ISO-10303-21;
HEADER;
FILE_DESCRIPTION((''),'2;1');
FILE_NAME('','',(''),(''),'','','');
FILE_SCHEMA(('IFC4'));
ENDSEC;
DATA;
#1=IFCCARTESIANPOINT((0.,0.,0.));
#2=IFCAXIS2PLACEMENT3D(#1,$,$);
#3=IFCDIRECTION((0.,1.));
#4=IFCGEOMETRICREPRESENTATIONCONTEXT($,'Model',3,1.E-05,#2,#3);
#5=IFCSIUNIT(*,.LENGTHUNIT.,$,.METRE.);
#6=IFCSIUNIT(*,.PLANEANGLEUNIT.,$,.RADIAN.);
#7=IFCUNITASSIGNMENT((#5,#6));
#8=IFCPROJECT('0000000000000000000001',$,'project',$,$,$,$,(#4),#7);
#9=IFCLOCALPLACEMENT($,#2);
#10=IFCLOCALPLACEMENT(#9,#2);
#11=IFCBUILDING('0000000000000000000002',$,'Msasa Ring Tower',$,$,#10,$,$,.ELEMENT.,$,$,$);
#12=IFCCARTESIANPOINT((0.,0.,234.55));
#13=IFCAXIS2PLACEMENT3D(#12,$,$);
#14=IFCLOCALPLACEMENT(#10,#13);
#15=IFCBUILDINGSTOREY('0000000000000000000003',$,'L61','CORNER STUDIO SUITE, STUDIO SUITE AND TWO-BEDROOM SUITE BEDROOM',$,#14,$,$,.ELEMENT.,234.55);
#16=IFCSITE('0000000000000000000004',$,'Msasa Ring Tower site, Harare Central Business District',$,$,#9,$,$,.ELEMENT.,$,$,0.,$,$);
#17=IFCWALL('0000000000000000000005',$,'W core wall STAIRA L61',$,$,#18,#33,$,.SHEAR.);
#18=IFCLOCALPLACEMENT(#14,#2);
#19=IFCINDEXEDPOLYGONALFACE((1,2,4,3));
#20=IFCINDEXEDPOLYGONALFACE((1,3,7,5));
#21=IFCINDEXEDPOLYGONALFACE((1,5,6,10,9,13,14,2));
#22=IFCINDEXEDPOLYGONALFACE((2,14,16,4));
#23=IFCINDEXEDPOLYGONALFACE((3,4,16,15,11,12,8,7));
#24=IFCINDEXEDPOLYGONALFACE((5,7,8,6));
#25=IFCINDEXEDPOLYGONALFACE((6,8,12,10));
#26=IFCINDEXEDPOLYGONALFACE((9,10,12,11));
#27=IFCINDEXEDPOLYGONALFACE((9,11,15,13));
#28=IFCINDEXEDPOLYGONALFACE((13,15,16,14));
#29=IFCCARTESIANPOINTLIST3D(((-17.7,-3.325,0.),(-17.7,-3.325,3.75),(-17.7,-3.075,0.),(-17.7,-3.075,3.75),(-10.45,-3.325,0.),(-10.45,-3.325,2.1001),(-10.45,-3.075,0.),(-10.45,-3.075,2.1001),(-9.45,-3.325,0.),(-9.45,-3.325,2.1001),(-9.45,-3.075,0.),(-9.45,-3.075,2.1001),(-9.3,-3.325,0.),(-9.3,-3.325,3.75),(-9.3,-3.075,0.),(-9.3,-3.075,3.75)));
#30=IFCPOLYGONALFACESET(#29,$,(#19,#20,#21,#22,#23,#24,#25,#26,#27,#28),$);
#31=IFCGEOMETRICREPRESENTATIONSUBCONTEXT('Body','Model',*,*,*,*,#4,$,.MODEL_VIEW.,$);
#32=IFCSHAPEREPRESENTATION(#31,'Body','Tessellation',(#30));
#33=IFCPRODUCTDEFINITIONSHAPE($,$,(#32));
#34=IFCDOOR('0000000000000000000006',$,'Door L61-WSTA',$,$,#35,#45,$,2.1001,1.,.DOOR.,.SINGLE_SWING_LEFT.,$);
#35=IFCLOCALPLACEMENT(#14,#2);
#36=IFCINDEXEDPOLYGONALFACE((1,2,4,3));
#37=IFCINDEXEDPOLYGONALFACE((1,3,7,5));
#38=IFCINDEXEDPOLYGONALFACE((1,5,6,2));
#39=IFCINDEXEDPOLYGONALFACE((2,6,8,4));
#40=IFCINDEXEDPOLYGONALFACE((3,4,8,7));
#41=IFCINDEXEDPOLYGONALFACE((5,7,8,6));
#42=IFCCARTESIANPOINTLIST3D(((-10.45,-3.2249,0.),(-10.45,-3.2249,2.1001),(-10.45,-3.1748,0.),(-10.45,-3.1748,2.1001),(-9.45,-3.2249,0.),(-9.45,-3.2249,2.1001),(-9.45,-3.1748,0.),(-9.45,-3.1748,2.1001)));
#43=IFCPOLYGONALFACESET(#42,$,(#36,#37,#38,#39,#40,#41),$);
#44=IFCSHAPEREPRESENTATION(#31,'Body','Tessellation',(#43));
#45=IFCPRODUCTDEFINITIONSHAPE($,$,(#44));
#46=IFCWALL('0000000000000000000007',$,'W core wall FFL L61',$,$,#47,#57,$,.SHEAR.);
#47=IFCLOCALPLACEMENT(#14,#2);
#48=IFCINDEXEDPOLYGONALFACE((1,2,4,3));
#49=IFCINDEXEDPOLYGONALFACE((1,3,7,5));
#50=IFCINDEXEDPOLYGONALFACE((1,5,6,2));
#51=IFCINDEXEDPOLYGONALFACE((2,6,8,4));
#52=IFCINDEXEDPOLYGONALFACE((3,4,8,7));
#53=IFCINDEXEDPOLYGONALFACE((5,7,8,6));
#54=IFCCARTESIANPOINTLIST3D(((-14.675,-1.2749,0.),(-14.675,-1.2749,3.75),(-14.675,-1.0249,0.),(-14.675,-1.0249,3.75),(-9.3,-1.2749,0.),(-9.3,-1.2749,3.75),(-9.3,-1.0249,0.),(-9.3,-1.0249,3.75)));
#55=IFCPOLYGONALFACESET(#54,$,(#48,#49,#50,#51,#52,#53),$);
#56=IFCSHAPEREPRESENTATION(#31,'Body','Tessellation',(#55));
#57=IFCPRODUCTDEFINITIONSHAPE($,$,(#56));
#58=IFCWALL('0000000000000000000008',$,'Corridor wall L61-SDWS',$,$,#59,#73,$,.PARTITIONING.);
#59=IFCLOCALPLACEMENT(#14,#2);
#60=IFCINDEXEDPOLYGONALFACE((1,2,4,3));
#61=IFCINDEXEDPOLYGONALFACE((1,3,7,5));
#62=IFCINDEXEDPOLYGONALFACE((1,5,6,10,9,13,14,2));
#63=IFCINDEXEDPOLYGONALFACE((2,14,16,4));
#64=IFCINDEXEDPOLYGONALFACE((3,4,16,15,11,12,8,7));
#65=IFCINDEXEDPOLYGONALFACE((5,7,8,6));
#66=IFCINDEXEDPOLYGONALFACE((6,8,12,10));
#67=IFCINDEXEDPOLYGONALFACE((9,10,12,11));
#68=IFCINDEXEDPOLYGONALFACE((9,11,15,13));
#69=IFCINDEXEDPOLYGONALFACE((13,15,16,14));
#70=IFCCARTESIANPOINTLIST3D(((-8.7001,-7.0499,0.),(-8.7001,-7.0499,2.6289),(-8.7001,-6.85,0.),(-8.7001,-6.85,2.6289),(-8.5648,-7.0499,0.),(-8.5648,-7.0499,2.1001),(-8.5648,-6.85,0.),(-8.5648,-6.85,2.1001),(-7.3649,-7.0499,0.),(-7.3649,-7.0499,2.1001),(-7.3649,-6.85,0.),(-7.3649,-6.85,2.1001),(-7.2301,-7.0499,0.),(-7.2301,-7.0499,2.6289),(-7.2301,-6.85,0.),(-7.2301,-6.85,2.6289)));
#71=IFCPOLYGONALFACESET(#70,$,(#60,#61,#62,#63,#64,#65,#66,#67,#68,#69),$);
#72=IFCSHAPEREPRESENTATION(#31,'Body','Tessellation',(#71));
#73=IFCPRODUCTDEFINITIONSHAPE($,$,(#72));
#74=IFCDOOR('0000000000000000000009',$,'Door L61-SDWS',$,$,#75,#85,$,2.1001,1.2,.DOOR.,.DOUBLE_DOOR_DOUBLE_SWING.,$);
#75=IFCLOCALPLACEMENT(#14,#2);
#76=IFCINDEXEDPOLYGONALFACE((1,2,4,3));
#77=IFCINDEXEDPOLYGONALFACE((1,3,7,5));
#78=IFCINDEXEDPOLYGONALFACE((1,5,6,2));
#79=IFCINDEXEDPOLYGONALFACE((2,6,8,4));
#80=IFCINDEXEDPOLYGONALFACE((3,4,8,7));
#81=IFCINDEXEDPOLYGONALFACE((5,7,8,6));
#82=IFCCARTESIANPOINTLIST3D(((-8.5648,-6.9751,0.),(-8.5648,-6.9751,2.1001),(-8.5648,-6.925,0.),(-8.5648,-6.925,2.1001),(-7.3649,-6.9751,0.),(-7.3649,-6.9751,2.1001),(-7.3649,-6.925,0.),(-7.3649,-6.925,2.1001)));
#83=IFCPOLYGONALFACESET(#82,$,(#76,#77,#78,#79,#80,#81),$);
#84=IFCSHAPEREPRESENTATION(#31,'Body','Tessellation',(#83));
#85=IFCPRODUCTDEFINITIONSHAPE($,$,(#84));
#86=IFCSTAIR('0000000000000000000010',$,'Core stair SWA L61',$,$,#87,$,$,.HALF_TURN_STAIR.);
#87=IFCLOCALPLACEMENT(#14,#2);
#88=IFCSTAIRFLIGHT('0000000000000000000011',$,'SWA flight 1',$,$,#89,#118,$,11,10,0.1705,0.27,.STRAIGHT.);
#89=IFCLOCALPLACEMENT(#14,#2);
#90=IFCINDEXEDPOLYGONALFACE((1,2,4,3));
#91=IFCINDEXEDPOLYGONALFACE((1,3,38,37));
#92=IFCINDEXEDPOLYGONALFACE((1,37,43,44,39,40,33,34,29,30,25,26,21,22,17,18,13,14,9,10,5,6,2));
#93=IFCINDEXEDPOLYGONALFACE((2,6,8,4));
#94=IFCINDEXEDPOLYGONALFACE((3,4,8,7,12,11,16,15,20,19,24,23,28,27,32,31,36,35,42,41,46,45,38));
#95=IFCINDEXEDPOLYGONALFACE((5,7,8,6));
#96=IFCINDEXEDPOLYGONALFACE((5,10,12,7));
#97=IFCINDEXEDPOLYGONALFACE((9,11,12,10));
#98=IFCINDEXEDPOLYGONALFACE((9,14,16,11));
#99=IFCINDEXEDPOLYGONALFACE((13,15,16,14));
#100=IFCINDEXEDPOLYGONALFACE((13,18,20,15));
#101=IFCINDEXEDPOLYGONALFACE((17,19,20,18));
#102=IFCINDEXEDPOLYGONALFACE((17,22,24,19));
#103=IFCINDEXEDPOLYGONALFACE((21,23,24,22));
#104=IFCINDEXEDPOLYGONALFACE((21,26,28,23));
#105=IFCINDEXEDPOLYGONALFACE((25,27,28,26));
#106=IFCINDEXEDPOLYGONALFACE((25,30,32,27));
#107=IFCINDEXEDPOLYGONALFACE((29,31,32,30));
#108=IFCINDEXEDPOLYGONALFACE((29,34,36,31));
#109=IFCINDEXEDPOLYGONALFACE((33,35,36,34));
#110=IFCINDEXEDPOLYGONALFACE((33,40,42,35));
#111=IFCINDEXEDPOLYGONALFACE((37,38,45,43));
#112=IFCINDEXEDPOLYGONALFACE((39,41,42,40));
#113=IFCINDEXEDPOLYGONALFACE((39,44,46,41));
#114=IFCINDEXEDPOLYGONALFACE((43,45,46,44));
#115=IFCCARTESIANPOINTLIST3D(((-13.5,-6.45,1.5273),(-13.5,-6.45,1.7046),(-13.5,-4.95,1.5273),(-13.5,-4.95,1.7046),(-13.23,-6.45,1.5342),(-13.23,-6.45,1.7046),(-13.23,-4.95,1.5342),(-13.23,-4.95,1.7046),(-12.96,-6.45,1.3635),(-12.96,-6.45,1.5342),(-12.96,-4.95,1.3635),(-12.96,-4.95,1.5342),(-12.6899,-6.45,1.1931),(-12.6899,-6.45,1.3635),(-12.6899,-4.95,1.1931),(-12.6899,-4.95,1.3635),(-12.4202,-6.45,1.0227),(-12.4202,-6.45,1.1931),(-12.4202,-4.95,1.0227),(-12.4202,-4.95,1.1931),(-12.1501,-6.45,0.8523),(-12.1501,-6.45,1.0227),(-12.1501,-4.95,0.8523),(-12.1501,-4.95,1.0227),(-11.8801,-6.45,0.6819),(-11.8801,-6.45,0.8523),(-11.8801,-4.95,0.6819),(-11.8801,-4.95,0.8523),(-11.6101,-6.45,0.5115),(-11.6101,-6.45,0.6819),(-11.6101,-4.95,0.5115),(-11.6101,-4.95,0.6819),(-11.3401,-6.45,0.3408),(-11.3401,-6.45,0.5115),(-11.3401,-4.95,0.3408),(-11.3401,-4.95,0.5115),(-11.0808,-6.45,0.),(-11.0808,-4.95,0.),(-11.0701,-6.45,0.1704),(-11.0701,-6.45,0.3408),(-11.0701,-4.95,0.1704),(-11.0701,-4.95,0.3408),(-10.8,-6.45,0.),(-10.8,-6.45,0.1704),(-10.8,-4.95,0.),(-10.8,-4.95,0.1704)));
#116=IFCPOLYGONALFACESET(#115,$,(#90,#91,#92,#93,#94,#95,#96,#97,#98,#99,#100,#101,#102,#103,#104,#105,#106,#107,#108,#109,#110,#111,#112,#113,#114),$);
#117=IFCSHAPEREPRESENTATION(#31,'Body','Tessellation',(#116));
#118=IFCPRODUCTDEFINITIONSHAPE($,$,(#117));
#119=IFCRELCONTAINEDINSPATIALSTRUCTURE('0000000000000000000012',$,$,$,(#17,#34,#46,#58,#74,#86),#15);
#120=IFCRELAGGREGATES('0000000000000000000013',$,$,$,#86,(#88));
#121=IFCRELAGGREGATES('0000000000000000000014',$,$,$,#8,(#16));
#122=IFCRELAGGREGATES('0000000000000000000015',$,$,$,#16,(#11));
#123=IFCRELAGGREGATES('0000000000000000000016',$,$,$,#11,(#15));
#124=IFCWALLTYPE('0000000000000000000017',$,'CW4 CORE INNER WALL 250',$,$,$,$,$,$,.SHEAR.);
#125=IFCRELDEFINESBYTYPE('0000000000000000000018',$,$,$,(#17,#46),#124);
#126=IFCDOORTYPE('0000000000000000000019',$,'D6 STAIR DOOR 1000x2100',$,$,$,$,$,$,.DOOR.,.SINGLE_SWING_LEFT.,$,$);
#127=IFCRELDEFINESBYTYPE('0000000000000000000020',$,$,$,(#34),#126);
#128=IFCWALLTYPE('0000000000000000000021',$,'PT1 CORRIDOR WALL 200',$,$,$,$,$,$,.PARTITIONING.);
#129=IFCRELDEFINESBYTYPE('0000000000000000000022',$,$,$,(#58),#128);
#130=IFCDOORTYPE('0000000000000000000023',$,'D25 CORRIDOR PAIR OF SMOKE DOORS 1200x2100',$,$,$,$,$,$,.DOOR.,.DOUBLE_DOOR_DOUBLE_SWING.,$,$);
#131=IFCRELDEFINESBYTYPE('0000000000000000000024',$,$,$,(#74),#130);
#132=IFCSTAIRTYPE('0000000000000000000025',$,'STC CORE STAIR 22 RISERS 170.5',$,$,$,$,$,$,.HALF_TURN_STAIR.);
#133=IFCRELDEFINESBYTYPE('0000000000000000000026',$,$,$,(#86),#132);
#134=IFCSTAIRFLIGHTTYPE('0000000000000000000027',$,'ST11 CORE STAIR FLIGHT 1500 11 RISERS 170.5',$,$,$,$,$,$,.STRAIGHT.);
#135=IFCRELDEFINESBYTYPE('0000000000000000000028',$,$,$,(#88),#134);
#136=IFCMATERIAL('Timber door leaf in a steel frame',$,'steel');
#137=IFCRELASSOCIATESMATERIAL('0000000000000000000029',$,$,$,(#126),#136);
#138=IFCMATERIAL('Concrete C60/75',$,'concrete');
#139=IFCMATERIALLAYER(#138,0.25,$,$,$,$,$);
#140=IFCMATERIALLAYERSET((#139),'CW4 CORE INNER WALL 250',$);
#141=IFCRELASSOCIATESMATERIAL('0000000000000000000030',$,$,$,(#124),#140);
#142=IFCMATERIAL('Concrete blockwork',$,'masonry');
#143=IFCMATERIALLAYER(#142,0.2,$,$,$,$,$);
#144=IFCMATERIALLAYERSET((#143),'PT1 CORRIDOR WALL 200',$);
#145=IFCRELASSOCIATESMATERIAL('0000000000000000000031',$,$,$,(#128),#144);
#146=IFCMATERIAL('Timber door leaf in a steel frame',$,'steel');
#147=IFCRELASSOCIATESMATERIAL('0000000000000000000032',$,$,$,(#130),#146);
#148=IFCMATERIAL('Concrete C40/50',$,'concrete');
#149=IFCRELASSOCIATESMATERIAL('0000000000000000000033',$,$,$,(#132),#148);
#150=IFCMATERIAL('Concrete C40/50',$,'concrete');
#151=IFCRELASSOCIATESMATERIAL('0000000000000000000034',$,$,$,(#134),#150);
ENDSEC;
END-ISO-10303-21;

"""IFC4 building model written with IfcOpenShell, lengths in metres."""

from ifc_helpers import new_model, si_unit, direction, frame, frame_2d, origin, place, context, subcontext, project, spatial, polyline, rectangle, outline, extrude, material, layer, layer_set, type_object, element, fill, aggregate, save


model = new_model("IFC4")

# Units and contexts
model_context = context("Model", 3, precision=1e-05, world=origin(), true_north=direction((0.0, 1.0)))
body_context = subcontext(model_context, "Body", "Model", "MODEL_VIEW")
ifc_project = project(units=[si_unit("LENGTHUNIT", "METRE"), si_unit("PLANEANGLEUNIT", "RADIAN")], contexts=[model_context])

# Site, building, storey
site_placement = place(None, origin())
site = spatial("IfcSite", under=ifc_project, at=site_placement, Name="Msasa Ring Tower site, Harare Central Business District", CompositionType="ELEMENT", RefElevation=0.0)
building_placement = place(site_placement, origin())
building = spatial("IfcBuilding", under=site, at=building_placement, Name="Msasa Ring Tower", CompositionType="ELEMENT")
storey_placement = place(building_placement, frame((0.0, 0.0, 234.55)))
storey = spatial("IfcBuildingStorey", under=building, at=storey_placement, Name="L61", Description="CORNER STUDIO SUITE, STUDIO SUITE AND TWO-BEDROOM SUITE BEDROOM", CompositionType="ELEMENT", Elevation=234.55)

# Shared definitions
ifc_material_1 = material(Name="Timber door leaf in a steel frame", Category="steel")
door_type_1 = type_object("IfcDoorType", Name="D6 STAIR DOOR 1000x2100", OperationType="SINGLE_SWING_LEFT", PredefinedType="DOOR", material=ifc_material_1)

# Wall, opening, door
ifc_material_2 = material(Name="Concrete C60/75", Category="concrete")
ifc_layer_1 = layer(ifc_material_2, 0.25)
ifc_layer_set_1 = layer_set([ifc_layer_1], Name="CW4 CORE INNER WALL 250")
wall_type_1 = type_object("IfcWallType", Name="CW4 CORE INNER WALL 250", PredefinedType="SHEAR", material=ifc_layer_set_1)
wall_1_placement = place(storey_placement, frame((-9.3, -3.2, 0.0), z_axis=(0.0, 0.0, 1.0), x_axis=(-1.0, 0.0, 0.0)))
wall_1 = element("IfcWall", 1, at=wall_1_placement, inside=storey, type_object=wall_type_1, Name="W core wall STAIRA L61", PredefinedType="SHEAR", context=body_context, shape_type="SweptSolid", body=[
    extrude(rectangle(XDim=8.3999, YDim=0.25, at=frame_2d((4.2, 0.0))), origin(), (0.0, 0.0, 1.0), 3.75),
])
opening_1_placement = place(wall_1_placement, frame((0.1499, 0.0, 0.0)))
opening_1 = element("IfcOpeningElement", 2, at=opening_1_placement, cuts=wall_1, PredefinedType="OPENING", context=body_context, shape_type="SweptSolid", body=[
    extrude(rectangle(XDim=1.0, YDim=2.1001, at=frame_2d((0.5, 1.05))), frame((0.0, 0.135, 0.0), z_axis=(0.0, -1.0, 0.0), x_axis=(1.0, 0.0, 0.0)), (0.0, 0.0, 1.0), 0.27),
])
door_1_placement = place(opening_1_placement, origin())
door_1 = element("IfcDoor", 3, at=door_1_placement, inside=storey, type_object=door_type_1, Name="Door L61-WSTA", OperationType="SINGLE_SWING_LEFT", OverallHeight=2.1001, OverallWidth=1.0, PredefinedType="DOOR", context=body_context, shape_type="SweptSolid", body=[
    extrude(rectangle(XDim=1.0, YDim=2.1001, at=frame_2d((0.5, 1.05))), frame((0.0, 0.0249, 0.0), z_axis=(0.0, -1.0, 0.0), x_axis=(1.0, 0.0, 0.0)), (0.0, 0.0, 1.0), 0.05),
])
fill(opening_1, door_1)

# Wall
wall_2_placement = place(storey_placement, frame((-9.3, -1.1499, 0.0), z_axis=(0.0, 0.0, 1.0), x_axis=(-1.0, 0.0, 0.0)))
element("IfcWall", 4, at=wall_2_placement, inside=storey, type_object=wall_type_1, Name="W core wall FFL L61", PredefinedType="SHEAR", context=body_context, shape_type="SweptSolid", body=[
    extrude(rectangle(XDim=5.375, YDim=0.25, at=frame_2d((2.6875, 0.0))), origin(), (0.0, 0.0, 1.0), 3.75),
])

# Wall, opening, door
ifc_material_3 = material(Name="Concrete blockwork", Category="masonry")
ifc_layer_2 = layer(ifc_material_3, 0.2)
ifc_layer_set_2 = layer_set([ifc_layer_2], Name="PT1 CORRIDOR WALL 200")
wall_type_2 = type_object("IfcWallType", Name="PT1 CORRIDOR WALL 200", PredefinedType="PARTITIONING", material=ifc_layer_set_2)
wall_3_placement = place(storey_placement, frame((-8.7, -6.95, 0.0), z_axis=(0.0, 0.0, 1.0), x_axis=(1.0, 0.0, 0.0)))
wall_3 = element("IfcWall", 5, at=wall_3_placement, inside=storey, type_object=wall_type_2, Name="Corridor wall L61-SDWS", PredefinedType="PARTITIONING", context=body_context, shape_type="SweptSolid", body=[
    extrude(rectangle(XDim=1.47, YDim=0.2, at=frame_2d((0.7349, 0.0))), origin(), (0.0, 0.0, 1.0), 2.6289),
])
opening_2_placement = place(wall_3_placement, frame((0.135, 0.0, 0.0)))
opening_2 = element("IfcOpeningElement", 6, at=opening_2_placement, cuts=wall_3, PredefinedType="OPENING", context=body_context, shape_type="SweptSolid", body=[
    extrude(rectangle(XDim=1.2, YDim=2.1001, at=frame_2d((0.6001, 1.05))), frame((0.0, 0.1099, 0.0), z_axis=(0.0, -1.0, 0.0), x_axis=(1.0, 0.0, 0.0)), (0.0, 0.0, 1.0), 0.22),
])
ifc_material_4 = material(Name="Timber door leaf in a steel frame", Category="steel")
door_type_2 = type_object("IfcDoorType", Name="D25 CORRIDOR PAIR OF SMOKE DOORS 1200x2100", OperationType="DOUBLE_DOOR_DOUBLE_SWING", PredefinedType="DOOR", material=ifc_material_4)
door_2_placement = place(opening_2_placement, origin())
door_2 = element("IfcDoor", 7, at=door_2_placement, inside=storey, type_object=door_type_2, Name="Door L61-SDWS", OperationType="DOUBLE_DOOR_DOUBLE_SWING", OverallHeight=2.1001, OverallWidth=1.2, PredefinedType="DOOR", context=body_context, shape_type="SweptSolid", body=[
    extrude(rectangle(XDim=1.2, YDim=2.1001, at=frame_2d((0.6001, 1.05))), frame((0.0, 0.0249, 0.0), z_axis=(0.0, -1.0, 0.0), x_axis=(1.0, 0.0, 0.0)), (0.0, 0.0, 1.0), 0.05),
])
fill(opening_2, door_2)

# Stair, stair flight
ifc_material_5 = material(Name="Concrete C40/50", Category="concrete")
stair_type = type_object("IfcStairType", Name="STC CORE STAIR 22 RISERS 170.5", PredefinedType="HALF_TURN_STAIR", material=ifc_material_5)
stair_placement = place(storey_placement, origin())
stair = element("IfcStair", 8, at=stair_placement, inside=storey, type_object=stair_type, Name="Core stair SWA L61", PredefinedType="HALF_TURN_STAIR")
ifc_material_6 = material(Name="Concrete C40/50", Category="concrete")
stair_flight_type = type_object("IfcStairFlightType", Name="ST11 CORE STAIR FLIGHT 1500 11 RISERS 170.5", PredefinedType="STRAIGHT", material=ifc_material_6)
stair_flight_placement = place(storey_placement, frame((-10.8, -5.7, 0.0), z_axis=(0.0, 0.0, 1.0), x_axis=(-1.0, 0.0, 0.0)))
stair_flight = element("IfcStairFlight", 9, at=stair_flight_placement, type_object=stair_flight_type, Name="SWA flight 1", NumberOfRisers=11, NumberOfTreads=10, PredefinedType="STRAIGHT", RiserHeight=0.1705, TreadLength=0.27, context=body_context, shape_type="SweptSolid", body=[
    extrude(outline(polyline([(0.0, 0.0), (0.0, 0.1704), (0.27, 0.1704), (0.27, 0.3408), (0.54, 0.3408), (0.54, 0.5115), (0.8101, 0.5115), (0.8101, 0.6819), (1.0801, 0.6819), (1.0801, 0.8523), (1.3501, 0.8523), (1.3501, 1.0227), (1.6201, 1.0227), (1.6201, 1.1931), (1.8899, 1.1931), (1.8899, 1.3635), (2.1599, 1.3635), (2.1599, 1.5342), (2.4299, 1.5342), (2.4299, 1.7046), (2.7, 1.7046), (2.7, 1.875), (2.7, 1.5273), (0.2808, 0.0), (0.0, 0.0)])), frame((0.0, 0.75, 0.0), z_axis=(0.0, -1.0, 0.0), x_axis=(1.0, 0.0, 0.0)), (0.0, 0.0, 1.0), 1.5),
])
aggregate(stair, [stair_flight])

save(model, "model.ifc")
